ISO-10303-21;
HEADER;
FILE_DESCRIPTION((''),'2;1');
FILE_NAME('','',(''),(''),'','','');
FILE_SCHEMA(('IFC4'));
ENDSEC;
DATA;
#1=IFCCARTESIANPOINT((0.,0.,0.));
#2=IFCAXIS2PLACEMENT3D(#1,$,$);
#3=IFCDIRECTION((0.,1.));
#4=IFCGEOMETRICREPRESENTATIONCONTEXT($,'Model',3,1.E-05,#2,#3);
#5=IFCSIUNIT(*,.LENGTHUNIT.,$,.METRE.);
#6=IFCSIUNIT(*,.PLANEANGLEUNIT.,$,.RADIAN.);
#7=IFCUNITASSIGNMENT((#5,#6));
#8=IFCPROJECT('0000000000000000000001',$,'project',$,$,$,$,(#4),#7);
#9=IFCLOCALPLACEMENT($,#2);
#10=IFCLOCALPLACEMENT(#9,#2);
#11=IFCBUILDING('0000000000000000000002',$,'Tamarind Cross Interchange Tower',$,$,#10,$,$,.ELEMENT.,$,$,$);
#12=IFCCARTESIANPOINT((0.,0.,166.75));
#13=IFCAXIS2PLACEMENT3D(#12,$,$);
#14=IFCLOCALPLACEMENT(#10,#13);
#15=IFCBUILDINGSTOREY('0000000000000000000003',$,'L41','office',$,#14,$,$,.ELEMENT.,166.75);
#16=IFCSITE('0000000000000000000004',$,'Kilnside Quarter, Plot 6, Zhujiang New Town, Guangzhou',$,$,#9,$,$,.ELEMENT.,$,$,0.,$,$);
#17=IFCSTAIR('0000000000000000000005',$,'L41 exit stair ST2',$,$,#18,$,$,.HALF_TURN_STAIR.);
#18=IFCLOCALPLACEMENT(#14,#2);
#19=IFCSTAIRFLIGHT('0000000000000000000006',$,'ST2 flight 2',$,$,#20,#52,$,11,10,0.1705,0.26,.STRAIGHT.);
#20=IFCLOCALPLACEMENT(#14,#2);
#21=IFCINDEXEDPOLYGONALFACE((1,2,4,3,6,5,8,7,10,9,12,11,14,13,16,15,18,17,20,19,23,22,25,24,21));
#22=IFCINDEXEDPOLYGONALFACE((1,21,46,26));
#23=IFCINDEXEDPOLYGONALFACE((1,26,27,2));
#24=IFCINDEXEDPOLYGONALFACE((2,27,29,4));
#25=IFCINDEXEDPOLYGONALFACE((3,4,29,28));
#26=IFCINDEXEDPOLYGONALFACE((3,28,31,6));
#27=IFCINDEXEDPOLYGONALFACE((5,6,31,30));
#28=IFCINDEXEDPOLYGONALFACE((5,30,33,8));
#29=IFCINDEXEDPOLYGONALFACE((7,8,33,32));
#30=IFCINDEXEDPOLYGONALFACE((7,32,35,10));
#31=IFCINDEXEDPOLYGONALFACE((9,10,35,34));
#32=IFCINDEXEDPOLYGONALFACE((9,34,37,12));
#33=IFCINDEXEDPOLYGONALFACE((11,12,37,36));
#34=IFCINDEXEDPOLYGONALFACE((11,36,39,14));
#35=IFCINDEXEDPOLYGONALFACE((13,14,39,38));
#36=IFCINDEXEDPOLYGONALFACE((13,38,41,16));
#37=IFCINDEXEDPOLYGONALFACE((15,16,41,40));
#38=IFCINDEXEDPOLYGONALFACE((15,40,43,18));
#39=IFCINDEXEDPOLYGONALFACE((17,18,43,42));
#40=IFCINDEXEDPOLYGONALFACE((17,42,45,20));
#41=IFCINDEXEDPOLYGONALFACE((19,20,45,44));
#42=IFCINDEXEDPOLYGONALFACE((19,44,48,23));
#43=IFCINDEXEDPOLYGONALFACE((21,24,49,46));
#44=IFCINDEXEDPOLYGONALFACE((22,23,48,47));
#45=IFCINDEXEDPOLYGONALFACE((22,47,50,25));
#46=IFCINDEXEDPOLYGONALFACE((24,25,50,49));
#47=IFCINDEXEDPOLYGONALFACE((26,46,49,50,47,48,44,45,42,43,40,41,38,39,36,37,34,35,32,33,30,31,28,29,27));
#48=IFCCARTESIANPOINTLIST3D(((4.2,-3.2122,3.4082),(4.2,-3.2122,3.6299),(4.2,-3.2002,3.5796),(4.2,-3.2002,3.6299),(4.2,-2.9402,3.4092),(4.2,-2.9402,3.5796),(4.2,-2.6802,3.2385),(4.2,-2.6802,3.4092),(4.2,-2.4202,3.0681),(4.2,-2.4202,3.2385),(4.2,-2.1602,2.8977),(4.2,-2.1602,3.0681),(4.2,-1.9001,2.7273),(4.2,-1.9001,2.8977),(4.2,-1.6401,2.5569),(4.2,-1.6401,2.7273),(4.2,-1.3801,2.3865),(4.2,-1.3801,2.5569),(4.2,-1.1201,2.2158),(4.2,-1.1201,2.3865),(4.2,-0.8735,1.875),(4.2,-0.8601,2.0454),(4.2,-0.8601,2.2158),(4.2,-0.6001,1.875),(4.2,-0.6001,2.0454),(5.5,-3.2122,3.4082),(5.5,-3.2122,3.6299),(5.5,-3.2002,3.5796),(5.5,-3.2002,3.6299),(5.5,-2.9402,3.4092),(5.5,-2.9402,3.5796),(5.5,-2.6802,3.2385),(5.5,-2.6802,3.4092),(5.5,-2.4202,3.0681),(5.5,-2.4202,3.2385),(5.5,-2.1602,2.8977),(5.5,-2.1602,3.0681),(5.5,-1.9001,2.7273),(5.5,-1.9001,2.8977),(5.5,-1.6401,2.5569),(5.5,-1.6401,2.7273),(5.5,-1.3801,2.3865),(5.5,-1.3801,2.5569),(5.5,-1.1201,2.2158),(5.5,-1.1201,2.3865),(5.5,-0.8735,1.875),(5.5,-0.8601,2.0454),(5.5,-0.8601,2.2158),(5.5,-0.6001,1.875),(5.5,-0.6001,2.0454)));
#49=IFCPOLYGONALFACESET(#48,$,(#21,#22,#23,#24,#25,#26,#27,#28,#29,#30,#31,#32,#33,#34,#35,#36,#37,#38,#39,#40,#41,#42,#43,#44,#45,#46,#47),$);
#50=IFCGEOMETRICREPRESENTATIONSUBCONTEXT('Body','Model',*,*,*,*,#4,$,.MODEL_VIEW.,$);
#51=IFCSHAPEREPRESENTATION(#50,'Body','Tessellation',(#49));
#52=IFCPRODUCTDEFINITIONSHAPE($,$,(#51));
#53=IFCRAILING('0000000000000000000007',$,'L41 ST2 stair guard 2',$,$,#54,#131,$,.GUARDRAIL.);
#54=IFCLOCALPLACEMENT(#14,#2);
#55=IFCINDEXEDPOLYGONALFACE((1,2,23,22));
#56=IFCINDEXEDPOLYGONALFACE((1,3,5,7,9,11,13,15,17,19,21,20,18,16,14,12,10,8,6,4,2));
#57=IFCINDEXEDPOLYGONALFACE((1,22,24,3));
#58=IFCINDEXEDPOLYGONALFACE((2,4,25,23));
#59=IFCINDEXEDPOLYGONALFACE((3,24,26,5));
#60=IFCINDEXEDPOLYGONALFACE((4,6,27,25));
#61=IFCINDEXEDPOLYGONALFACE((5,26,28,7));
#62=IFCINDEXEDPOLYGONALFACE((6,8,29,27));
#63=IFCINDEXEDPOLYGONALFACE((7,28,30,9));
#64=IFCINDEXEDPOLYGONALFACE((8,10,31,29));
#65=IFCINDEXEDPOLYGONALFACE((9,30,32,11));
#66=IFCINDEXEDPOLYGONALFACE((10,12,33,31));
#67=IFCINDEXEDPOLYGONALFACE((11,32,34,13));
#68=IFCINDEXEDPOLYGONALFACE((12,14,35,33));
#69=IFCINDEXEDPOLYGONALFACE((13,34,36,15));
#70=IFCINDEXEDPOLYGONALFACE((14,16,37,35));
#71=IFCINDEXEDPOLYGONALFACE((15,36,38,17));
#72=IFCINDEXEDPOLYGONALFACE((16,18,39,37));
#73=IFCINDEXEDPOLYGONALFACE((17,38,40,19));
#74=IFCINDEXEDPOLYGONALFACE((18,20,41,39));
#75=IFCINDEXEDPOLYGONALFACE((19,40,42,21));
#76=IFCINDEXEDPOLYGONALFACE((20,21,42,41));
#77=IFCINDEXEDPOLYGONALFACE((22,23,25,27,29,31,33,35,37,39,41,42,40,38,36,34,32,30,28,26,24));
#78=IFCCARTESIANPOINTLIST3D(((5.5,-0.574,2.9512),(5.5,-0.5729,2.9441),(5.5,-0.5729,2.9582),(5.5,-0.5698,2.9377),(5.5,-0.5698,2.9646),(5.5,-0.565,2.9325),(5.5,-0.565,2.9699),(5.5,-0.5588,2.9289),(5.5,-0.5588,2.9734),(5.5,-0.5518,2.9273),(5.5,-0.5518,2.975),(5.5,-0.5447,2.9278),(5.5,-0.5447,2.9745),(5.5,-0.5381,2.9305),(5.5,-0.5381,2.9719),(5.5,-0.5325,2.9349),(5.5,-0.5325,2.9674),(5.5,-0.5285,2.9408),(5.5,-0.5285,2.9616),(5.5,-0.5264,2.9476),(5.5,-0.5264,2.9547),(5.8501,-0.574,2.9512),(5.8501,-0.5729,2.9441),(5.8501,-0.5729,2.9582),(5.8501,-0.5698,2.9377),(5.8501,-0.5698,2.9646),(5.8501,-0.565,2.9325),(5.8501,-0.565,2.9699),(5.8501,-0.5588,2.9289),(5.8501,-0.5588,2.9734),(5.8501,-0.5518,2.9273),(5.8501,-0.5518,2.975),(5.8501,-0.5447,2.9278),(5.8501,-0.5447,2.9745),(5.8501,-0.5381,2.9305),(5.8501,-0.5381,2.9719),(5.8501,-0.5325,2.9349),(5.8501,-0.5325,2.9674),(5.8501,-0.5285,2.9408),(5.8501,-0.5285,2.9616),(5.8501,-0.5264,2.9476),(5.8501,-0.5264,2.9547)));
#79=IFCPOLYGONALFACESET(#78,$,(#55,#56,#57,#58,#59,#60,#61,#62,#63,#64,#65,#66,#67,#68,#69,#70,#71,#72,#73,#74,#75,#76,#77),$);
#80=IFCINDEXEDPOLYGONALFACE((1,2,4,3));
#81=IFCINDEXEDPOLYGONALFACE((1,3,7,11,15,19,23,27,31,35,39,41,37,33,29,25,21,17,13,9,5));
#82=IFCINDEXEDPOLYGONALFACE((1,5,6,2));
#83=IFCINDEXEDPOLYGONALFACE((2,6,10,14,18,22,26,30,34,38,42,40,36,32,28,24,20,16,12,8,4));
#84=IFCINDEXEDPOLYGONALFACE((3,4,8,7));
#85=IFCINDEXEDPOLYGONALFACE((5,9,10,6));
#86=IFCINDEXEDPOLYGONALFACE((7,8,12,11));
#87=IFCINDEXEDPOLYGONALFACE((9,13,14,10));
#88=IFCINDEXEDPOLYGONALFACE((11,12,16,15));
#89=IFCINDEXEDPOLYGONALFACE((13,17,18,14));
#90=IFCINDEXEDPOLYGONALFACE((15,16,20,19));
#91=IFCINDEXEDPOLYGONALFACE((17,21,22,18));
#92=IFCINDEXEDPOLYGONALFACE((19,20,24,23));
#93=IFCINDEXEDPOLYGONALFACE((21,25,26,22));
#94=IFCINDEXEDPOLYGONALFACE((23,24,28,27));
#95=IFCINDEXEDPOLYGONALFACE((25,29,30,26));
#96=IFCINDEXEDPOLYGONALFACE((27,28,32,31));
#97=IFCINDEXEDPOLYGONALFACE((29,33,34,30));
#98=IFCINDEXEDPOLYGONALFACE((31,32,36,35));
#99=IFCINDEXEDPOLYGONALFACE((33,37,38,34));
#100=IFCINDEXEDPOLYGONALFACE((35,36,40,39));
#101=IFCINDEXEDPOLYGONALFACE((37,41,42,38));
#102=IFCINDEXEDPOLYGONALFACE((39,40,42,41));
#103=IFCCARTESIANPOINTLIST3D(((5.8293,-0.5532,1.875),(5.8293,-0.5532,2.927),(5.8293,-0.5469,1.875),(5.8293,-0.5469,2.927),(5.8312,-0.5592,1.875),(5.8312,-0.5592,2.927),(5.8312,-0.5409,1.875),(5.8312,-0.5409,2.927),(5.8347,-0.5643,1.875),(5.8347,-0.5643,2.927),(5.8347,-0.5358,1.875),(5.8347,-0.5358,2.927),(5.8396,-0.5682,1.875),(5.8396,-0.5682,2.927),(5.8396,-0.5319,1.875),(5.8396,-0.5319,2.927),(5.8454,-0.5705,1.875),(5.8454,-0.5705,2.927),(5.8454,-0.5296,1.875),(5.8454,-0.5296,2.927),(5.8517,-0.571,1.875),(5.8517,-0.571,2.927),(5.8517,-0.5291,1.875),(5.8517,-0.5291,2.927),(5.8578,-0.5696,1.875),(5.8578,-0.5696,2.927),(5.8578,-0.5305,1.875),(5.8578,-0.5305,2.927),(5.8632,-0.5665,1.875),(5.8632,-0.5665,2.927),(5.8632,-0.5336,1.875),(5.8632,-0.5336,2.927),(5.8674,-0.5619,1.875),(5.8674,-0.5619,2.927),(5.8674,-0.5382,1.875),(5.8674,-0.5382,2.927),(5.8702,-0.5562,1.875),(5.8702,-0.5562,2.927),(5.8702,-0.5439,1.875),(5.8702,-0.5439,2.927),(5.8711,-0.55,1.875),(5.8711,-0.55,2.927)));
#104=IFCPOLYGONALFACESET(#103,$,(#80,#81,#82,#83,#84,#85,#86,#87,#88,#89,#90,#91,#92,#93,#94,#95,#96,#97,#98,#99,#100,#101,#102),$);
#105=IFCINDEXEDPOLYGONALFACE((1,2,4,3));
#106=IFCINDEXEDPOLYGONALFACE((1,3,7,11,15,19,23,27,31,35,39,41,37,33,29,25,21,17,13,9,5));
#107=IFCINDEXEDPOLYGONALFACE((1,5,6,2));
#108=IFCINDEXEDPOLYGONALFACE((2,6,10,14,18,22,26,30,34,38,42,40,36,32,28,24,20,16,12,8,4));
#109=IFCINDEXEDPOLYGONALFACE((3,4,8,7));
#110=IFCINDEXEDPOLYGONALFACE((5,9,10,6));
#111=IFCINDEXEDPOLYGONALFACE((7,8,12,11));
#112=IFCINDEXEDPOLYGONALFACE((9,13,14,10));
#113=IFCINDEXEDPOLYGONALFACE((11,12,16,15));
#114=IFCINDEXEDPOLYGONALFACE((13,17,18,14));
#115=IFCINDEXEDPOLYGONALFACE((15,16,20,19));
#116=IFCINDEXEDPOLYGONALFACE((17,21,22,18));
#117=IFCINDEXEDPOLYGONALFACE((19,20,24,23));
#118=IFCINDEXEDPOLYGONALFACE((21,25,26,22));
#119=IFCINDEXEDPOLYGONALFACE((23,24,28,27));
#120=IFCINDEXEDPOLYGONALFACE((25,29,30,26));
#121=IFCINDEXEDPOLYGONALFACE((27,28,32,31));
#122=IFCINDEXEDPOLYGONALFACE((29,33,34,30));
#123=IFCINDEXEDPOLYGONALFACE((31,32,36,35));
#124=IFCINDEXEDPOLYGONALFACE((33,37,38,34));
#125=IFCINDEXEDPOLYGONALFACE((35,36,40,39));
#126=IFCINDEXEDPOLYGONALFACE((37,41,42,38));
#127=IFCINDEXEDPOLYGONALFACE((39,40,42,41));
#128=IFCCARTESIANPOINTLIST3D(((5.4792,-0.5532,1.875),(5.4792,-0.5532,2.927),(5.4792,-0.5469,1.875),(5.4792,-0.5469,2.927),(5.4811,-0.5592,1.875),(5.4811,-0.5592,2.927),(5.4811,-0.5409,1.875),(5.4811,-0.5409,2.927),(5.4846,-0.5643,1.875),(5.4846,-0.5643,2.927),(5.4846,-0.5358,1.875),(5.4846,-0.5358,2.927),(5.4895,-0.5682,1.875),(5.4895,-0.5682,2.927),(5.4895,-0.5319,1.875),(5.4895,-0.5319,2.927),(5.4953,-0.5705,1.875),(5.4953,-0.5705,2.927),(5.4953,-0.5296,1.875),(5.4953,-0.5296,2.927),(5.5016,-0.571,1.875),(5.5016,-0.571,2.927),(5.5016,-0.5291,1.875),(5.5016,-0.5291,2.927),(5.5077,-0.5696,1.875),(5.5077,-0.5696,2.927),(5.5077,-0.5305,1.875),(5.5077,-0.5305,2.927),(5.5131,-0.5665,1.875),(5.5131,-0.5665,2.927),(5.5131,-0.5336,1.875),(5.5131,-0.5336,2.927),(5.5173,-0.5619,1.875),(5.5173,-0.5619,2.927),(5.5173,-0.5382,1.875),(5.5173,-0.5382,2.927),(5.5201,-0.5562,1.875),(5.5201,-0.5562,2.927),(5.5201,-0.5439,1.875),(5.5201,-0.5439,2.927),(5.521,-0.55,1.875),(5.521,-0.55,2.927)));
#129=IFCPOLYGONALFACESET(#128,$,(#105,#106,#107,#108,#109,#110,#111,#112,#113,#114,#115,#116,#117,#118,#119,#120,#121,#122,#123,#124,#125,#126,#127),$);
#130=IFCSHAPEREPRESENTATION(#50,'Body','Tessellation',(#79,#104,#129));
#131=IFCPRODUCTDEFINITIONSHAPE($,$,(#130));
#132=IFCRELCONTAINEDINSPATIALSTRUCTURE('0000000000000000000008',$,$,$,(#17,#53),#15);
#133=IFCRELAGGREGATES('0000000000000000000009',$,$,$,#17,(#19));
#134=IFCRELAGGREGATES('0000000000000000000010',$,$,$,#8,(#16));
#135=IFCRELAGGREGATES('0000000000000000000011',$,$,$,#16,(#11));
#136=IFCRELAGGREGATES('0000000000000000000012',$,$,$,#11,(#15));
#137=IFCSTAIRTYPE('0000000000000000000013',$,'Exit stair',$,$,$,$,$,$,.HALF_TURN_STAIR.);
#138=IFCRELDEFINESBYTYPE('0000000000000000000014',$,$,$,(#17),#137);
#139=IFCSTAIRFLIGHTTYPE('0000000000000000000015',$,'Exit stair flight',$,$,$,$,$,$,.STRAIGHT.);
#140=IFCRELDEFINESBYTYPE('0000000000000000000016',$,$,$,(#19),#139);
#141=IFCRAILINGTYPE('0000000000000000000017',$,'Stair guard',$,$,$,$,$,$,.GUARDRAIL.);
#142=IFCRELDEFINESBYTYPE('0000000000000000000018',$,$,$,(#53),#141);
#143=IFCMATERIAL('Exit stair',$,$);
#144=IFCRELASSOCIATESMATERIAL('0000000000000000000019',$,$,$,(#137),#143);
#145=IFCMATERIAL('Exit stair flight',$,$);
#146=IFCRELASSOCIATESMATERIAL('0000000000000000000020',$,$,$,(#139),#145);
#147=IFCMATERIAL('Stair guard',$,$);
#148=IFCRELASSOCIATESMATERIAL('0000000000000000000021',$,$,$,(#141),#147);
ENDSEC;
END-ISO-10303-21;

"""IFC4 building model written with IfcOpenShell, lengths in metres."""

from ifc_helpers import new_model, si_unit, direction, frame, origin, origin_2d, place, context, subcontext, project, spatial, polyline, circle, outline, extrude, material, type_object, element, aggregate, save


model = new_model("IFC4")

# Units and contexts
model_context = context("Model", 3, precision=1e-05, world=origin(), true_north=direction((0.0, 1.0)))
body_context = subcontext(model_context, "Body", "Model", "MODEL_VIEW")
ifc_project = project(units=[si_unit("LENGTHUNIT", "METRE"), si_unit("PLANEANGLEUNIT", "RADIAN")], contexts=[model_context])

# Site, building, storey
site_placement = place(None, origin())
site = spatial("IfcSite", under=ifc_project, at=site_placement, Name="Kilnside Quarter, Plot 6, Zhujiang New Town, Guangzhou", CompositionType="ELEMENT", RefElevation=0.0)
building_placement = place(site_placement, origin())
building = spatial("IfcBuilding", under=site, at=building_placement, Name="Tamarind Cross Interchange Tower", CompositionType="ELEMENT")
storey_placement = place(building_placement, frame((0.0, 0.0, 166.75)))
storey = spatial("IfcBuildingStorey", under=building, at=storey_placement, Name="L41", Description="office", CompositionType="ELEMENT", Elevation=166.75)

# Stair, stair flight
ifc_material_1 = material(Name="Exit stair")
stair_type = type_object("IfcStairType", Name="Exit stair", PredefinedType="HALF_TURN_STAIR", material=ifc_material_1)
stair_placement = place(storey_placement, origin())
stair = element("IfcStair", 1, at=stair_placement, inside=storey, type_object=stair_type, Name="L41 exit stair ST2", PredefinedType="HALF_TURN_STAIR")
ifc_material_2 = material(Name="Exit stair flight")
stair_flight_type = type_object("IfcStairFlightType", Name="Exit stair flight", PredefinedType="STRAIGHT", material=ifc_material_2)
stair_flight_placement = place(storey_placement, frame((4.8501, -0.6001, 1.875), z_axis=(0.0, 0.0, 1.0), x_axis=(0.0, -1.0, 0.0)))
stair_flight = element("IfcStairFlight", 2, at=stair_flight_placement, type_object=stair_flight_type, Name="ST2 flight 2", NumberOfRisers=11, NumberOfTreads=10, PredefinedType="STRAIGHT", RiserHeight=0.1705, TreadLength=0.26, context=body_context, shape_type="SweptSolid", body=[
    extrude(outline(polyline([(0.0, 0.0), (0.0, 0.1704), (0.26, 0.1704), (0.26, 0.3408), (0.52, 0.3408), (0.52, 0.5115), (0.78, 0.5115), (0.78, 0.6819), (1.04, 0.6819), (1.04, 0.8523), (1.3, 0.8523), (1.3, 1.0227), (1.5601, 1.0227), (1.5601, 1.1931), (1.8201, 1.1931), (1.8201, 1.3635), (2.0801, 1.3635), (2.0801, 1.5342), (2.3401, 1.5342), (2.3401, 1.7046), (2.6001, 1.7046), (2.6001, 1.7549), (2.6121, 1.7549), (2.6121, 1.5332), (0.2734, 0.0), (0.0, 0.0)])), frame((0.0, 0.6499, 0.0), z_axis=(0.0, -1.0, 0.0), x_axis=(1.0, 0.0, 0.0)), (0.0, 0.0, 1.0), 1.3),
])
aggregate(stair, [stair_flight])

# Railing
ifc_material_3 = material(Name="Stair guard")
railing_type_1 = type_object("IfcRailingType", Name="Stair guard", PredefinedType="GUARDRAIL", material=ifc_material_3)
railing_1_placement = place(storey_placement, frame((5.8501, -0.55, 1.875)))
element("IfcRailing", 3, at=railing_1_placement, inside=storey, type_object=railing_type_1, Name="L41 ST2 stair guard 2", PredefinedType="GUARDRAIL", context=body_context, shape_type="SweptSolid", body=[
    extrude(circle(Radius=0.0239, at=origin_2d()), frame((0.0, 0.0, 1.0762), z_axis=(-1.0, 0.0, 0.0), x_axis=(0.0, -1.0, 0.0)), (0.0, 0.0, 1.0), 0.3501),
    extrude(circle(Radius=0.021, at=origin_2d()), origin(), (0.0, 0.0, 1.0), 1.052),
    extrude(circle(Radius=0.021, at=origin_2d()), frame((-0.3501, 0.0, 0.0)), (0.0, 0.0, 1.0), 1.052),
])

save(model, "model.ifc")
